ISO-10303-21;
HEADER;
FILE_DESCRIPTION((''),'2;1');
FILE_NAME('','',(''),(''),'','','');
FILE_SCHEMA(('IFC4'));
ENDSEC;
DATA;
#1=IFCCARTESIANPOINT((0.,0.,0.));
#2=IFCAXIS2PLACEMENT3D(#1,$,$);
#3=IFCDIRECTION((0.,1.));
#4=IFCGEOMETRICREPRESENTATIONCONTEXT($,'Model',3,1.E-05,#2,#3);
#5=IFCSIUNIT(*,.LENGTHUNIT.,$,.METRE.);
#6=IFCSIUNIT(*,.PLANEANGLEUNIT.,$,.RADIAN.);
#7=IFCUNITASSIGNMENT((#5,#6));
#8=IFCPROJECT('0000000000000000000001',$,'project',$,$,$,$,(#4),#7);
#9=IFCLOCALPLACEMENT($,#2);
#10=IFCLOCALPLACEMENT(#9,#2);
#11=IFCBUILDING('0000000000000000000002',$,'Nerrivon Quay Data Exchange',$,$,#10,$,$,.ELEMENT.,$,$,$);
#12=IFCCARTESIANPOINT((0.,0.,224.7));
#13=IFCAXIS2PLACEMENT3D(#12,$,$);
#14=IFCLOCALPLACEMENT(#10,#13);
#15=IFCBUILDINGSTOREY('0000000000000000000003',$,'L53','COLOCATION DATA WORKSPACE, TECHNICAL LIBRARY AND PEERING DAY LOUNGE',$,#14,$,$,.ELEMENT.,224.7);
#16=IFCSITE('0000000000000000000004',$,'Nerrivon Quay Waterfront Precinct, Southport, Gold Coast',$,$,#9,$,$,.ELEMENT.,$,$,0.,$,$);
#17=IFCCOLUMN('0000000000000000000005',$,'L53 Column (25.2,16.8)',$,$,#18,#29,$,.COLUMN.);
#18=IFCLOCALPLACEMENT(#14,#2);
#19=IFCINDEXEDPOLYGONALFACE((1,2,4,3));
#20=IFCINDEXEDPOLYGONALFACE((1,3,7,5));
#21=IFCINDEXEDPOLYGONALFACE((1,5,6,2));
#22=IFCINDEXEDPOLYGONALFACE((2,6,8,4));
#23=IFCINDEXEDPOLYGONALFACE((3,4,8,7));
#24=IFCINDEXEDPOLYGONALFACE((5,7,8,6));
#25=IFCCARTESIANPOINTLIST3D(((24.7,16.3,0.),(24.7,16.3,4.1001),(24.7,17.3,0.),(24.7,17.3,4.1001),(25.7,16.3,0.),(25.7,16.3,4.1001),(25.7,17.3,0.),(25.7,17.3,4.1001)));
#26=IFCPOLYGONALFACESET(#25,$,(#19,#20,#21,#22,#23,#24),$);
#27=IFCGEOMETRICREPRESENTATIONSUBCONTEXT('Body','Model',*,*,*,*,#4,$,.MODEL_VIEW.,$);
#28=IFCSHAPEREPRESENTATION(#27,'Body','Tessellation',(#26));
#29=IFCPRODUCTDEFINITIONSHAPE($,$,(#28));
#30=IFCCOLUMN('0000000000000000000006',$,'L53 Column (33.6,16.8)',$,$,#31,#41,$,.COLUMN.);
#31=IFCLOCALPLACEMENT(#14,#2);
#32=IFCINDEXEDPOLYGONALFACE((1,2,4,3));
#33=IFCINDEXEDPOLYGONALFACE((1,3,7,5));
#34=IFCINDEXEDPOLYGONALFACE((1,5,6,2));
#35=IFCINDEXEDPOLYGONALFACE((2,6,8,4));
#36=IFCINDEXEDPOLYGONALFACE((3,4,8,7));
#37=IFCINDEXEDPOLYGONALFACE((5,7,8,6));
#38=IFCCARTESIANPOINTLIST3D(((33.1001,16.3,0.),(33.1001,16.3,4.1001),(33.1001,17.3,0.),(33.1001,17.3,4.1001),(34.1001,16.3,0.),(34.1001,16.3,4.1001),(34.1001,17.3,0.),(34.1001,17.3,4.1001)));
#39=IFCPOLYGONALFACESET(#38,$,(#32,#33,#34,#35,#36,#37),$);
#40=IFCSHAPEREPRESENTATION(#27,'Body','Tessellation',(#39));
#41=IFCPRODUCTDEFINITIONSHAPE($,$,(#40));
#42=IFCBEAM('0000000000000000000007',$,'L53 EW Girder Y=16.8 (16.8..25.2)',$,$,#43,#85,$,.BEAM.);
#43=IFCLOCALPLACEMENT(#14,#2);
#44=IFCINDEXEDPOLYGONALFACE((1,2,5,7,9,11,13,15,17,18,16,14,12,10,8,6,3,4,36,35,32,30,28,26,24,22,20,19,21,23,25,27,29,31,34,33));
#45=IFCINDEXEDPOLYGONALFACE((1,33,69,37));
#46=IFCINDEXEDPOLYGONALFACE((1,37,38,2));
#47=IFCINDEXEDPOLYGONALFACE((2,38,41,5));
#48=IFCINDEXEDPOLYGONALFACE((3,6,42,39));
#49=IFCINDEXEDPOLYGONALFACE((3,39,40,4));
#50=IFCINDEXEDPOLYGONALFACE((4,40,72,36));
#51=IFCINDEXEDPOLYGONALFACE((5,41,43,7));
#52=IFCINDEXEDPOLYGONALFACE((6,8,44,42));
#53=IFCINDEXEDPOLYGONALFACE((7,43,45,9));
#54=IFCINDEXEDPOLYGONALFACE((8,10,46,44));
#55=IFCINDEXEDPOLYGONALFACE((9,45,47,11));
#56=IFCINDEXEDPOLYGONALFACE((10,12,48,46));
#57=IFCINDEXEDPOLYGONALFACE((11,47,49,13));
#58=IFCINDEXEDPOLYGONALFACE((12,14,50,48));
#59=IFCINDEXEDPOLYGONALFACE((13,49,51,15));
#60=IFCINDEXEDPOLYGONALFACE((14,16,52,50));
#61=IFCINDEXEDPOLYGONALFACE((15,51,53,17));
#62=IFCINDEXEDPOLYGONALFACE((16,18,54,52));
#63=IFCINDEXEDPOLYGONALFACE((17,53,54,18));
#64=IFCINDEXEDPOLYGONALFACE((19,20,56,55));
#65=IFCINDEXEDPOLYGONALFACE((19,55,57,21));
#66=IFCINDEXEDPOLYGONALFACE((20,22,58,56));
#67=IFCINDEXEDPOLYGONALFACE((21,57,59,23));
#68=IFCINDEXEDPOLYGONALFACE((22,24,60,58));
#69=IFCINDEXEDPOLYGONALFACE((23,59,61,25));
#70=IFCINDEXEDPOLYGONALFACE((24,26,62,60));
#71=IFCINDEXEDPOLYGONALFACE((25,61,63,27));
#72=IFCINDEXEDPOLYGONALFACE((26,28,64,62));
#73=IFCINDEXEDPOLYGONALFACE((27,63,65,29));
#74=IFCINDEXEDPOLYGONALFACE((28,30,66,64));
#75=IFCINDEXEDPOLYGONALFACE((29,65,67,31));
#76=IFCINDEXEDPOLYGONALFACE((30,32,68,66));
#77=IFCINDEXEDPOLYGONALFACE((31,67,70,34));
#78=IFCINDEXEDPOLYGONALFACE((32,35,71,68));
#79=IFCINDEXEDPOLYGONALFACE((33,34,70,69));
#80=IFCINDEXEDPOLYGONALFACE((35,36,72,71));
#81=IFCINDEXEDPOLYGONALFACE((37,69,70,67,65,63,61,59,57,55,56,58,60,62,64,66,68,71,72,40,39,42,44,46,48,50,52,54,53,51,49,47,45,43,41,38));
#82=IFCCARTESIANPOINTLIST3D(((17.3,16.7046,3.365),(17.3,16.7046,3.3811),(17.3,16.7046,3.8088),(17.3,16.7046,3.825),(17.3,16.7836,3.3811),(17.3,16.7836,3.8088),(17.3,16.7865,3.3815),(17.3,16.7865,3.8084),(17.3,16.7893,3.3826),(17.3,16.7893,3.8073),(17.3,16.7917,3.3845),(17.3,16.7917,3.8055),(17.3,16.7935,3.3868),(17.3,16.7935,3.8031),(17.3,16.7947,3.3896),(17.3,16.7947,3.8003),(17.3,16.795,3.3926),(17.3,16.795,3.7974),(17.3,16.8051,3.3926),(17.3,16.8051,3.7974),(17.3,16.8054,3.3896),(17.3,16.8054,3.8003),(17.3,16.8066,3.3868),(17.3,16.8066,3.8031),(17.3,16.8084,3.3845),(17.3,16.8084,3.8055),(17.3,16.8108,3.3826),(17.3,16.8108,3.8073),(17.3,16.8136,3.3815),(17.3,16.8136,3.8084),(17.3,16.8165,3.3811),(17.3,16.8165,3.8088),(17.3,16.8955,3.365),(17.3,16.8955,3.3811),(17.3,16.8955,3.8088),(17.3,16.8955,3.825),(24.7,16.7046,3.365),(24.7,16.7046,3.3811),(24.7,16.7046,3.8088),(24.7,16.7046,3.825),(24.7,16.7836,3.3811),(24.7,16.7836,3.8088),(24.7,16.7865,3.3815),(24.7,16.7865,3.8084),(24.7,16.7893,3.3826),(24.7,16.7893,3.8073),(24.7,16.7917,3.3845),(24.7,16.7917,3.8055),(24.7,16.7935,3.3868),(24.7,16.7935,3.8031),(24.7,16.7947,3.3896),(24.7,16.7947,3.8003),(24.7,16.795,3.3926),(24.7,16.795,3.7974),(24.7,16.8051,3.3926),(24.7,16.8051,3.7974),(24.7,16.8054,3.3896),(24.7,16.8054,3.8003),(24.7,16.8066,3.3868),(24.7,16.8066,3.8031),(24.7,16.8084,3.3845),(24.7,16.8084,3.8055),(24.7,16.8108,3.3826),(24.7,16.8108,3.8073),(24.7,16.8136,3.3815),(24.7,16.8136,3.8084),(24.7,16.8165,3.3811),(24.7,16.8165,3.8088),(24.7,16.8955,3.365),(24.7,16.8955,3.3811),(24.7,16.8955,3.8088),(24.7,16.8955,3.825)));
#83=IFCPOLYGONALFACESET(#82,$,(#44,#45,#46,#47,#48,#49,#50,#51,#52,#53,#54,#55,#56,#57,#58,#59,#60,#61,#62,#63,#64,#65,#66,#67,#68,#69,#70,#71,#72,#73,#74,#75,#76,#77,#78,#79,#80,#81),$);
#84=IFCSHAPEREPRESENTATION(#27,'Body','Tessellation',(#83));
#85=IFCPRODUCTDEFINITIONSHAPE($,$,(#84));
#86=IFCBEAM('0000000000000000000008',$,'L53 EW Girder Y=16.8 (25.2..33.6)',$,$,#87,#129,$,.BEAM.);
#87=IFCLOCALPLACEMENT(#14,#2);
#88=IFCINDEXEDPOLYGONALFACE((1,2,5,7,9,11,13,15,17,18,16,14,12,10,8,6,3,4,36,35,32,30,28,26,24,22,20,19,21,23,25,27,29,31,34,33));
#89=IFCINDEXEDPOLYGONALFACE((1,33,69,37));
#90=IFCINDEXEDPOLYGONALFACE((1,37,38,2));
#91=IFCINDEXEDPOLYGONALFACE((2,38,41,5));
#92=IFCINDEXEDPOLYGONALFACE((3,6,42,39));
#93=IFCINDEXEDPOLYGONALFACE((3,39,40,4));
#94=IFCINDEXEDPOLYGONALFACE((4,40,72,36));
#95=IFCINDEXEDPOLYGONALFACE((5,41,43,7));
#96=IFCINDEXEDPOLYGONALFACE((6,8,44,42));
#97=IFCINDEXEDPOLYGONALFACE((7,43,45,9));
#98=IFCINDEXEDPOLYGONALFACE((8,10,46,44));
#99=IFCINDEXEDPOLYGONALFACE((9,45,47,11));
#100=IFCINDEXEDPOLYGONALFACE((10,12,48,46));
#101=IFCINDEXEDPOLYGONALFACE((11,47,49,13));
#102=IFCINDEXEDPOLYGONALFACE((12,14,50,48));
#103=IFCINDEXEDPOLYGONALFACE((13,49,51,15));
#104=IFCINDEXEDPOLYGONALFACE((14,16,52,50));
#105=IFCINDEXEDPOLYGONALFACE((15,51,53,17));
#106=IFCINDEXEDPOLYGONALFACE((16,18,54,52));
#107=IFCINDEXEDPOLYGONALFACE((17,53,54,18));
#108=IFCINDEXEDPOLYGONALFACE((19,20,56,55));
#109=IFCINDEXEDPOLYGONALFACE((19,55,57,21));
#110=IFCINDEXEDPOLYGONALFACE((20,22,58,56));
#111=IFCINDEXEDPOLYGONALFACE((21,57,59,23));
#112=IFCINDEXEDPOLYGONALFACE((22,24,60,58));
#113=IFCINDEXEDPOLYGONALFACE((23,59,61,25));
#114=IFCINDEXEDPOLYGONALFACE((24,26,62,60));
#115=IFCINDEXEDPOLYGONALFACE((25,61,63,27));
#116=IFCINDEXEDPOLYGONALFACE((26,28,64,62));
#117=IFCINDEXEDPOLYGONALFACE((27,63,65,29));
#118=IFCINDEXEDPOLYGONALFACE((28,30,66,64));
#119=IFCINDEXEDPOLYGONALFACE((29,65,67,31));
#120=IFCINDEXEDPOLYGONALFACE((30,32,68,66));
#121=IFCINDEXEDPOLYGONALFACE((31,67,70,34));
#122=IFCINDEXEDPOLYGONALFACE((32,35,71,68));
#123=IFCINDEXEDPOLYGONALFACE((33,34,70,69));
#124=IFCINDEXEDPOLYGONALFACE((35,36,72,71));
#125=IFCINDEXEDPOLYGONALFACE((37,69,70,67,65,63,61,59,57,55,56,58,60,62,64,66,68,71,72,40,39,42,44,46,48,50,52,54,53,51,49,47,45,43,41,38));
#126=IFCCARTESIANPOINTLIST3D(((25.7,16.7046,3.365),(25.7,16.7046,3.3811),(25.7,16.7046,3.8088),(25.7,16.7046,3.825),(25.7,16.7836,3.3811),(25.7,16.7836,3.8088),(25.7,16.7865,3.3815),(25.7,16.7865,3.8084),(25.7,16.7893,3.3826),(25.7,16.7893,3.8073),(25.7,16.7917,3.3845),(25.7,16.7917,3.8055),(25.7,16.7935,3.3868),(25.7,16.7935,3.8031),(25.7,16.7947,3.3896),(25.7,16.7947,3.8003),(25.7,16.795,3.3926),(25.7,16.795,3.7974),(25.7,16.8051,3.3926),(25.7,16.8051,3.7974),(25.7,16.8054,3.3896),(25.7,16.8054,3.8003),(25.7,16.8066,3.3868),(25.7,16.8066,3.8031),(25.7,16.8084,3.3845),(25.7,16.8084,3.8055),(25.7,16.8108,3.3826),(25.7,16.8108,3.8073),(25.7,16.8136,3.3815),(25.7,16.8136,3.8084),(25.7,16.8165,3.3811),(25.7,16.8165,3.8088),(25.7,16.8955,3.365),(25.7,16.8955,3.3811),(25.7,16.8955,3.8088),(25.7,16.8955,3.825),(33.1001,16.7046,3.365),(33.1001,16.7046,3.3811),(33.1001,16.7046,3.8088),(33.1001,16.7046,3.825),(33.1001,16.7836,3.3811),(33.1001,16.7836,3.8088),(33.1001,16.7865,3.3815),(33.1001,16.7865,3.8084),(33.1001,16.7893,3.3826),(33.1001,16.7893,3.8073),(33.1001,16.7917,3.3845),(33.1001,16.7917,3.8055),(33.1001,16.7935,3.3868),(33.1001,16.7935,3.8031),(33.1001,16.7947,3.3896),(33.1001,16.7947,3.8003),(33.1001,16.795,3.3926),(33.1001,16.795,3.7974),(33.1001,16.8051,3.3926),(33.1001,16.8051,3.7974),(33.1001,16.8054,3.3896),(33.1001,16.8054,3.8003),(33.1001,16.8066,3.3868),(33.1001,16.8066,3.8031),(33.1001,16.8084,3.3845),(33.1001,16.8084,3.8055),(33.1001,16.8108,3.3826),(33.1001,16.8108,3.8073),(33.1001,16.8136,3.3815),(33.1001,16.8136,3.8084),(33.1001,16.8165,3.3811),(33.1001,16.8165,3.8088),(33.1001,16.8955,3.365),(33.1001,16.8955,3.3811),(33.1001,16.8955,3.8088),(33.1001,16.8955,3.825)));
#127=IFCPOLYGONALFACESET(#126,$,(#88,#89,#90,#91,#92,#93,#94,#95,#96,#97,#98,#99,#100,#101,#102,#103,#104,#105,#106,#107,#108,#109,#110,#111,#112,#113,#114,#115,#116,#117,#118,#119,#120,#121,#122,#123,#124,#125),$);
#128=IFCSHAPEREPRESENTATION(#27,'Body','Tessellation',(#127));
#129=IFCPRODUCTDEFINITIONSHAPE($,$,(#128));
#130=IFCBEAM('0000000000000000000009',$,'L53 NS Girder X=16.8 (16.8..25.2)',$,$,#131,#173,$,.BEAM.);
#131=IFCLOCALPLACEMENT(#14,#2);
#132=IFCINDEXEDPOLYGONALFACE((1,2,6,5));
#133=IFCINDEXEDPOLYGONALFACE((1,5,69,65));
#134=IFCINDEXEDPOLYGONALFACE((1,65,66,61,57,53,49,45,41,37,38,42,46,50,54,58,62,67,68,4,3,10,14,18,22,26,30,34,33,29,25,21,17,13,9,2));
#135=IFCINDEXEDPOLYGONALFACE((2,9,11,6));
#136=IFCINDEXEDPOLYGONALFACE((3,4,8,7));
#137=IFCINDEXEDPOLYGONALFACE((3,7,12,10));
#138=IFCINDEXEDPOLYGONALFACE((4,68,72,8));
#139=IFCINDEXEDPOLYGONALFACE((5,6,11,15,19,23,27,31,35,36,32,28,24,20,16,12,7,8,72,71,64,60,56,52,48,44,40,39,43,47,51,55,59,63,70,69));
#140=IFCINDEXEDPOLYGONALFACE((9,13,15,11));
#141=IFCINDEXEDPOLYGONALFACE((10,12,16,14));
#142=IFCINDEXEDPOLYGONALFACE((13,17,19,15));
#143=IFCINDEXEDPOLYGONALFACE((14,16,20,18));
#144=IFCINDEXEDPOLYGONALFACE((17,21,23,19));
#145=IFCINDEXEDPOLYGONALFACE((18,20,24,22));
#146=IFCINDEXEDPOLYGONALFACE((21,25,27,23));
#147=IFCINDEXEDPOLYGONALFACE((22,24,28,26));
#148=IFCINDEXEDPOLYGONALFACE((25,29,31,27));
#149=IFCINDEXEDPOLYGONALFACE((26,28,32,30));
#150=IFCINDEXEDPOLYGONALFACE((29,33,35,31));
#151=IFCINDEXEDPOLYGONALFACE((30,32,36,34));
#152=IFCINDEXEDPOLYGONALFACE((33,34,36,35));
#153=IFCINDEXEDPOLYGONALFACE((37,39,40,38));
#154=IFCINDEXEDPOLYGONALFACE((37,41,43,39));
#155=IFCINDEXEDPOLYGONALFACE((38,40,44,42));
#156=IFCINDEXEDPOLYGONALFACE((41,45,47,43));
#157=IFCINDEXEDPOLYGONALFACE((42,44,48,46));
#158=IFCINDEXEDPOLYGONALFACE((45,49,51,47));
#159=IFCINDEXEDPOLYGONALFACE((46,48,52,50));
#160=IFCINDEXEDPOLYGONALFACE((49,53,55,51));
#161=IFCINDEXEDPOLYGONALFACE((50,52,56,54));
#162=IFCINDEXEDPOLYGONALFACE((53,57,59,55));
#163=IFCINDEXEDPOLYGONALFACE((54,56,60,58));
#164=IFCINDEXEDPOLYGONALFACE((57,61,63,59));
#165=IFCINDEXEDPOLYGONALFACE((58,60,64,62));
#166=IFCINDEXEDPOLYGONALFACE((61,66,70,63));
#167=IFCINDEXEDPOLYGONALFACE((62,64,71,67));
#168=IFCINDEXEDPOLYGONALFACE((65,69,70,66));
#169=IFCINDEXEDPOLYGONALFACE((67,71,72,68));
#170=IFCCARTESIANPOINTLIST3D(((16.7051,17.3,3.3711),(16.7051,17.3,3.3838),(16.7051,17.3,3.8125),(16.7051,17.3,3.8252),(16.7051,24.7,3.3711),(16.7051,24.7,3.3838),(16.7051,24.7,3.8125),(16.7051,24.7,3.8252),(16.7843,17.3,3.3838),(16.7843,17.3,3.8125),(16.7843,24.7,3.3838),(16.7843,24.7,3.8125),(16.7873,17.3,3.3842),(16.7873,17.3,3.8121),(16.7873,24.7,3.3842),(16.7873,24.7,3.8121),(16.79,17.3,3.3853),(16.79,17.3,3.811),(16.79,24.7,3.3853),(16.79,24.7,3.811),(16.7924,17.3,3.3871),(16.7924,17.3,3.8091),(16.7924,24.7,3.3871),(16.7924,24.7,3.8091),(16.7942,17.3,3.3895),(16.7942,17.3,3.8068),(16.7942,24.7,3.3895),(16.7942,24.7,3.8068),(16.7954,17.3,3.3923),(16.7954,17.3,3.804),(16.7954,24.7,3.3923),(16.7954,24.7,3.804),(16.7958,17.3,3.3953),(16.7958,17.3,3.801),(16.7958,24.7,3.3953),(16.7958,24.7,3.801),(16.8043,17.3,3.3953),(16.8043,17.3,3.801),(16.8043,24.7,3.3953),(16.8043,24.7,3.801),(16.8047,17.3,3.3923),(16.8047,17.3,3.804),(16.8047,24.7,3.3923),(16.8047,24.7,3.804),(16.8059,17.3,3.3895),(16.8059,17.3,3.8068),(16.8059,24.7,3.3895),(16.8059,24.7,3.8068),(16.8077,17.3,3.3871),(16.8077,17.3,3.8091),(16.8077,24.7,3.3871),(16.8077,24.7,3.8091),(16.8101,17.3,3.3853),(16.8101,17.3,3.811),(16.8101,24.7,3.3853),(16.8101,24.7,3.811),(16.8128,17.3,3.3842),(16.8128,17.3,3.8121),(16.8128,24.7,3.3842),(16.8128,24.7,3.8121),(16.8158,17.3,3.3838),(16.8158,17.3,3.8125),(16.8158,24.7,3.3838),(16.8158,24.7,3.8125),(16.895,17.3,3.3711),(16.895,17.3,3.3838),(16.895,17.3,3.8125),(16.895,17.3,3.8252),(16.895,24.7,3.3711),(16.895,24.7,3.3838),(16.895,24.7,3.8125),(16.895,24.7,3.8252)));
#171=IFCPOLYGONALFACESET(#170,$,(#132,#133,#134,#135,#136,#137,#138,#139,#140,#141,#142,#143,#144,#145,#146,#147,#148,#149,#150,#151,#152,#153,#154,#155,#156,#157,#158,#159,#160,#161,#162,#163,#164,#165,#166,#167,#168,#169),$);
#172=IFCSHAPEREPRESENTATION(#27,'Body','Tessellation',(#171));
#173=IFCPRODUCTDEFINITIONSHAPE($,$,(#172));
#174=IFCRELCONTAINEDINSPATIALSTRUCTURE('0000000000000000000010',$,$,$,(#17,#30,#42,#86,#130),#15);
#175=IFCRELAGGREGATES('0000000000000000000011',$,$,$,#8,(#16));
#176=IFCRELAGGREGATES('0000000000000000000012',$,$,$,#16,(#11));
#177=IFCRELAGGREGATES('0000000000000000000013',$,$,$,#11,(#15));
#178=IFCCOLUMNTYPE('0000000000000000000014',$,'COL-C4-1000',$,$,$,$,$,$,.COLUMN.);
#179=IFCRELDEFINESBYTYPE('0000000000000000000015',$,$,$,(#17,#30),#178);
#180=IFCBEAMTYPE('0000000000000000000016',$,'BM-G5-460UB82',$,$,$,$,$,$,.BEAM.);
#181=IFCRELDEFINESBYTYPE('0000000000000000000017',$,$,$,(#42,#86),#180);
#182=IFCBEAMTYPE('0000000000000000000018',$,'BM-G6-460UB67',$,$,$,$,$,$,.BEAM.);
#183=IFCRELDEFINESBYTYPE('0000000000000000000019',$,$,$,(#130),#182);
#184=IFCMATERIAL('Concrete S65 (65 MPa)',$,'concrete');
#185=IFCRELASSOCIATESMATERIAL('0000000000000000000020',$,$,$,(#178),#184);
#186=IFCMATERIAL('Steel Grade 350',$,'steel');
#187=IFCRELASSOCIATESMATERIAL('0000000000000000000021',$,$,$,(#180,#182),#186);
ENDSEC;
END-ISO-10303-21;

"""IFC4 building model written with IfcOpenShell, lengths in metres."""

from ifc_helpers import new_model, si_unit, direction, frame, origin, origin_2d, place, context, subcontext, project, spatial, rectangle, i_section, extrude, material, material_profile, profile_set, type_object, element, save


model = new_model("IFC4")

# Units and contexts
model_context = context("Model", 3, precision=1e-05, world=origin(), true_north=direction((0.0, 1.0)))
body_context = subcontext(model_context, "Body", "Model", "MODEL_VIEW")
ifc_project = project(units=[si_unit("LENGTHUNIT", "METRE"), si_unit("PLANEANGLEUNIT", "RADIAN")], contexts=[model_context])

# Site, building, storey
site_placement = place(None, origin())
site = spatial("IfcSite", under=ifc_project, at=site_placement, Name="Nerrivon Quay Waterfront Precinct, Southport, Gold Coast", CompositionType="ELEMENT", RefElevation=0.0)
building_placement = place(site_placement, origin())
building = spatial("IfcBuilding", under=site, at=building_placement, Name="Nerrivon Quay Data Exchange", CompositionType="ELEMENT")
storey_placement = place(building_placement, frame((0.0, 0.0, 224.7)))
storey = spatial("IfcBuildingStorey", under=building, at=storey_placement, Name="L53", Description="COLOCATION DATA WORKSPACE, TECHNICAL LIBRARY AND PEERING DAY LOUNGE", CompositionType="ELEMENT", Elevation=224.7)

# Columns
ifc_material_1 = material(Name="Concrete S65 (65 MPa)", Category="concrete")
ifc_material_profile_1 = material_profile(ifc_material_1, rectangle(XDim=1.0, YDim=1.0, at=origin_2d()), Name="RC-COL-1000x1000")
ifc_profile_set_1 = profile_set([ifc_material_profile_1], Name="Concrete S65 (65 MPa)")
column_type = type_object("IfcColumnType", Name="COL-C4-1000", PredefinedType="COLUMN", material=ifc_profile_set_1)
for number, where, z_axis, x_axis, name in (
    (1, (25.2, 16.8, 0.0), (0.0, 0.0, 1.0), (1.0, 0.0, 0.0), "L53 Column (25.2,16.8)"),
    (2, (33.6001, 16.8, 0.0), (0.0, 0.0, 1.0), (1.0, 0.0, 0.0), "L53 Column (33.6,16.8)"),
):
    element("IfcColumn", number, at=place(storey_placement, frame(where, z_axis=z_axis, x_axis=x_axis)), inside=storey, type_object=column_type, Name=name, PredefinedType="COLUMN", context=body_context, shape_type="SweptSolid", body=[
        extrude(rectangle(XDim=1.0, YDim=1.0, at=origin_2d()), origin(), (0.0, 0.0, 1.0), 4.1001),
    ])

# Beams
ifc_material_2 = material(Name="Steel Grade 350", Category="steel")
ifc_material_profile_2 = material_profile(ifc_material_2, i_section(OverallWidth=0.1909, OverallDepth=0.46, WebThickness=0.01, FlangeThickness=0.0161, FilletRadius=0.0115, at=origin_2d()), Name="460UB82.1")
ifc_profile_set_2 = profile_set([ifc_material_profile_2], Name="Steel Grade 350")
beam_type_1 = type_object("IfcBeamType", Name="BM-G5-460UB82", PredefinedType="BEAM", material=ifc_profile_set_2)
beam_1_placement = place(storey_placement, frame((17.3, 16.8, 3.595), z_axis=(1.0, 0.0, 0.0), x_axis=(0.0, 1.0, 0.0)))
element("IfcBeam", 3, at=beam_1_placement, inside=storey, type_object=beam_type_1, Name="L53 EW Girder Y=16.8 (16.8..25.2)", PredefinedType="BEAM", context=body_context, shape_type="SweptSolid", body=[
    extrude(i_section(OverallWidth=0.1909, OverallDepth=0.46, WebThickness=0.01, FlangeThickness=0.0161, FilletRadius=0.0115, at=origin_2d()), origin(), (0.0, 0.0, 1.0), 7.3999),
])
beam_2_placement = place(storey_placement, frame((25.7, 16.8, 3.595), z_axis=(1.0, 0.0, 0.0), x_axis=(0.0, 1.0, 0.0)))
element("IfcBeam", 4, at=beam_2_placement, inside=storey, type_object=beam_type_1, Name="L53 EW Girder Y=16.8 (25.2..33.6)", PredefinedType="BEAM", context=body_context, shape_type="SweptSolid", body=[
    extrude(i_section(OverallWidth=0.1909, OverallDepth=0.46, WebThickness=0.01, FlangeThickness=0.0161, FilletRadius=0.0115, at=origin_2d()), origin(), (0.0, 0.0, 1.0), 7.4001),
])
ifc_material_profile_3 = material_profile(ifc_material_2, i_section(OverallWidth=0.1899, OverallDepth=0.4541, WebThickness=0.0085, FlangeThickness=0.0127, FilletRadius=0.0115, at=origin_2d()), Name="460UB67.1")
ifc_profile_set_3 = profile_set([ifc_material_profile_3], Name="Steel Grade 350")
beam_type_2 = type_object("IfcBeamType", Name="BM-G6-460UB67", PredefinedType="BEAM", material=ifc_profile_set_3)
beam_3_placement = place(storey_placement, frame((16.8, 17.3, 3.5981), z_axis=(0.0, 1.0, 0.0), x_axis=(-1.0, 0.0, 0.0)))
element("IfcBeam", 5, at=beam_3_placement, inside=storey, type_object=beam_type_2, Name="L53 NS Girder X=16.8 (16.8..25.2)", PredefinedType="BEAM", context=body_context, shape_type="SweptSolid", body=[
    extrude(i_section(OverallWidth=0.1899, OverallDepth=0.4541, WebThickness=0.0085, FlangeThickness=0.0127, FilletRadius=0.0115, at=origin_2d()), origin(), (0.0, 0.0, 1.0), 7.3999),
])

save(model, "model.ifc")
